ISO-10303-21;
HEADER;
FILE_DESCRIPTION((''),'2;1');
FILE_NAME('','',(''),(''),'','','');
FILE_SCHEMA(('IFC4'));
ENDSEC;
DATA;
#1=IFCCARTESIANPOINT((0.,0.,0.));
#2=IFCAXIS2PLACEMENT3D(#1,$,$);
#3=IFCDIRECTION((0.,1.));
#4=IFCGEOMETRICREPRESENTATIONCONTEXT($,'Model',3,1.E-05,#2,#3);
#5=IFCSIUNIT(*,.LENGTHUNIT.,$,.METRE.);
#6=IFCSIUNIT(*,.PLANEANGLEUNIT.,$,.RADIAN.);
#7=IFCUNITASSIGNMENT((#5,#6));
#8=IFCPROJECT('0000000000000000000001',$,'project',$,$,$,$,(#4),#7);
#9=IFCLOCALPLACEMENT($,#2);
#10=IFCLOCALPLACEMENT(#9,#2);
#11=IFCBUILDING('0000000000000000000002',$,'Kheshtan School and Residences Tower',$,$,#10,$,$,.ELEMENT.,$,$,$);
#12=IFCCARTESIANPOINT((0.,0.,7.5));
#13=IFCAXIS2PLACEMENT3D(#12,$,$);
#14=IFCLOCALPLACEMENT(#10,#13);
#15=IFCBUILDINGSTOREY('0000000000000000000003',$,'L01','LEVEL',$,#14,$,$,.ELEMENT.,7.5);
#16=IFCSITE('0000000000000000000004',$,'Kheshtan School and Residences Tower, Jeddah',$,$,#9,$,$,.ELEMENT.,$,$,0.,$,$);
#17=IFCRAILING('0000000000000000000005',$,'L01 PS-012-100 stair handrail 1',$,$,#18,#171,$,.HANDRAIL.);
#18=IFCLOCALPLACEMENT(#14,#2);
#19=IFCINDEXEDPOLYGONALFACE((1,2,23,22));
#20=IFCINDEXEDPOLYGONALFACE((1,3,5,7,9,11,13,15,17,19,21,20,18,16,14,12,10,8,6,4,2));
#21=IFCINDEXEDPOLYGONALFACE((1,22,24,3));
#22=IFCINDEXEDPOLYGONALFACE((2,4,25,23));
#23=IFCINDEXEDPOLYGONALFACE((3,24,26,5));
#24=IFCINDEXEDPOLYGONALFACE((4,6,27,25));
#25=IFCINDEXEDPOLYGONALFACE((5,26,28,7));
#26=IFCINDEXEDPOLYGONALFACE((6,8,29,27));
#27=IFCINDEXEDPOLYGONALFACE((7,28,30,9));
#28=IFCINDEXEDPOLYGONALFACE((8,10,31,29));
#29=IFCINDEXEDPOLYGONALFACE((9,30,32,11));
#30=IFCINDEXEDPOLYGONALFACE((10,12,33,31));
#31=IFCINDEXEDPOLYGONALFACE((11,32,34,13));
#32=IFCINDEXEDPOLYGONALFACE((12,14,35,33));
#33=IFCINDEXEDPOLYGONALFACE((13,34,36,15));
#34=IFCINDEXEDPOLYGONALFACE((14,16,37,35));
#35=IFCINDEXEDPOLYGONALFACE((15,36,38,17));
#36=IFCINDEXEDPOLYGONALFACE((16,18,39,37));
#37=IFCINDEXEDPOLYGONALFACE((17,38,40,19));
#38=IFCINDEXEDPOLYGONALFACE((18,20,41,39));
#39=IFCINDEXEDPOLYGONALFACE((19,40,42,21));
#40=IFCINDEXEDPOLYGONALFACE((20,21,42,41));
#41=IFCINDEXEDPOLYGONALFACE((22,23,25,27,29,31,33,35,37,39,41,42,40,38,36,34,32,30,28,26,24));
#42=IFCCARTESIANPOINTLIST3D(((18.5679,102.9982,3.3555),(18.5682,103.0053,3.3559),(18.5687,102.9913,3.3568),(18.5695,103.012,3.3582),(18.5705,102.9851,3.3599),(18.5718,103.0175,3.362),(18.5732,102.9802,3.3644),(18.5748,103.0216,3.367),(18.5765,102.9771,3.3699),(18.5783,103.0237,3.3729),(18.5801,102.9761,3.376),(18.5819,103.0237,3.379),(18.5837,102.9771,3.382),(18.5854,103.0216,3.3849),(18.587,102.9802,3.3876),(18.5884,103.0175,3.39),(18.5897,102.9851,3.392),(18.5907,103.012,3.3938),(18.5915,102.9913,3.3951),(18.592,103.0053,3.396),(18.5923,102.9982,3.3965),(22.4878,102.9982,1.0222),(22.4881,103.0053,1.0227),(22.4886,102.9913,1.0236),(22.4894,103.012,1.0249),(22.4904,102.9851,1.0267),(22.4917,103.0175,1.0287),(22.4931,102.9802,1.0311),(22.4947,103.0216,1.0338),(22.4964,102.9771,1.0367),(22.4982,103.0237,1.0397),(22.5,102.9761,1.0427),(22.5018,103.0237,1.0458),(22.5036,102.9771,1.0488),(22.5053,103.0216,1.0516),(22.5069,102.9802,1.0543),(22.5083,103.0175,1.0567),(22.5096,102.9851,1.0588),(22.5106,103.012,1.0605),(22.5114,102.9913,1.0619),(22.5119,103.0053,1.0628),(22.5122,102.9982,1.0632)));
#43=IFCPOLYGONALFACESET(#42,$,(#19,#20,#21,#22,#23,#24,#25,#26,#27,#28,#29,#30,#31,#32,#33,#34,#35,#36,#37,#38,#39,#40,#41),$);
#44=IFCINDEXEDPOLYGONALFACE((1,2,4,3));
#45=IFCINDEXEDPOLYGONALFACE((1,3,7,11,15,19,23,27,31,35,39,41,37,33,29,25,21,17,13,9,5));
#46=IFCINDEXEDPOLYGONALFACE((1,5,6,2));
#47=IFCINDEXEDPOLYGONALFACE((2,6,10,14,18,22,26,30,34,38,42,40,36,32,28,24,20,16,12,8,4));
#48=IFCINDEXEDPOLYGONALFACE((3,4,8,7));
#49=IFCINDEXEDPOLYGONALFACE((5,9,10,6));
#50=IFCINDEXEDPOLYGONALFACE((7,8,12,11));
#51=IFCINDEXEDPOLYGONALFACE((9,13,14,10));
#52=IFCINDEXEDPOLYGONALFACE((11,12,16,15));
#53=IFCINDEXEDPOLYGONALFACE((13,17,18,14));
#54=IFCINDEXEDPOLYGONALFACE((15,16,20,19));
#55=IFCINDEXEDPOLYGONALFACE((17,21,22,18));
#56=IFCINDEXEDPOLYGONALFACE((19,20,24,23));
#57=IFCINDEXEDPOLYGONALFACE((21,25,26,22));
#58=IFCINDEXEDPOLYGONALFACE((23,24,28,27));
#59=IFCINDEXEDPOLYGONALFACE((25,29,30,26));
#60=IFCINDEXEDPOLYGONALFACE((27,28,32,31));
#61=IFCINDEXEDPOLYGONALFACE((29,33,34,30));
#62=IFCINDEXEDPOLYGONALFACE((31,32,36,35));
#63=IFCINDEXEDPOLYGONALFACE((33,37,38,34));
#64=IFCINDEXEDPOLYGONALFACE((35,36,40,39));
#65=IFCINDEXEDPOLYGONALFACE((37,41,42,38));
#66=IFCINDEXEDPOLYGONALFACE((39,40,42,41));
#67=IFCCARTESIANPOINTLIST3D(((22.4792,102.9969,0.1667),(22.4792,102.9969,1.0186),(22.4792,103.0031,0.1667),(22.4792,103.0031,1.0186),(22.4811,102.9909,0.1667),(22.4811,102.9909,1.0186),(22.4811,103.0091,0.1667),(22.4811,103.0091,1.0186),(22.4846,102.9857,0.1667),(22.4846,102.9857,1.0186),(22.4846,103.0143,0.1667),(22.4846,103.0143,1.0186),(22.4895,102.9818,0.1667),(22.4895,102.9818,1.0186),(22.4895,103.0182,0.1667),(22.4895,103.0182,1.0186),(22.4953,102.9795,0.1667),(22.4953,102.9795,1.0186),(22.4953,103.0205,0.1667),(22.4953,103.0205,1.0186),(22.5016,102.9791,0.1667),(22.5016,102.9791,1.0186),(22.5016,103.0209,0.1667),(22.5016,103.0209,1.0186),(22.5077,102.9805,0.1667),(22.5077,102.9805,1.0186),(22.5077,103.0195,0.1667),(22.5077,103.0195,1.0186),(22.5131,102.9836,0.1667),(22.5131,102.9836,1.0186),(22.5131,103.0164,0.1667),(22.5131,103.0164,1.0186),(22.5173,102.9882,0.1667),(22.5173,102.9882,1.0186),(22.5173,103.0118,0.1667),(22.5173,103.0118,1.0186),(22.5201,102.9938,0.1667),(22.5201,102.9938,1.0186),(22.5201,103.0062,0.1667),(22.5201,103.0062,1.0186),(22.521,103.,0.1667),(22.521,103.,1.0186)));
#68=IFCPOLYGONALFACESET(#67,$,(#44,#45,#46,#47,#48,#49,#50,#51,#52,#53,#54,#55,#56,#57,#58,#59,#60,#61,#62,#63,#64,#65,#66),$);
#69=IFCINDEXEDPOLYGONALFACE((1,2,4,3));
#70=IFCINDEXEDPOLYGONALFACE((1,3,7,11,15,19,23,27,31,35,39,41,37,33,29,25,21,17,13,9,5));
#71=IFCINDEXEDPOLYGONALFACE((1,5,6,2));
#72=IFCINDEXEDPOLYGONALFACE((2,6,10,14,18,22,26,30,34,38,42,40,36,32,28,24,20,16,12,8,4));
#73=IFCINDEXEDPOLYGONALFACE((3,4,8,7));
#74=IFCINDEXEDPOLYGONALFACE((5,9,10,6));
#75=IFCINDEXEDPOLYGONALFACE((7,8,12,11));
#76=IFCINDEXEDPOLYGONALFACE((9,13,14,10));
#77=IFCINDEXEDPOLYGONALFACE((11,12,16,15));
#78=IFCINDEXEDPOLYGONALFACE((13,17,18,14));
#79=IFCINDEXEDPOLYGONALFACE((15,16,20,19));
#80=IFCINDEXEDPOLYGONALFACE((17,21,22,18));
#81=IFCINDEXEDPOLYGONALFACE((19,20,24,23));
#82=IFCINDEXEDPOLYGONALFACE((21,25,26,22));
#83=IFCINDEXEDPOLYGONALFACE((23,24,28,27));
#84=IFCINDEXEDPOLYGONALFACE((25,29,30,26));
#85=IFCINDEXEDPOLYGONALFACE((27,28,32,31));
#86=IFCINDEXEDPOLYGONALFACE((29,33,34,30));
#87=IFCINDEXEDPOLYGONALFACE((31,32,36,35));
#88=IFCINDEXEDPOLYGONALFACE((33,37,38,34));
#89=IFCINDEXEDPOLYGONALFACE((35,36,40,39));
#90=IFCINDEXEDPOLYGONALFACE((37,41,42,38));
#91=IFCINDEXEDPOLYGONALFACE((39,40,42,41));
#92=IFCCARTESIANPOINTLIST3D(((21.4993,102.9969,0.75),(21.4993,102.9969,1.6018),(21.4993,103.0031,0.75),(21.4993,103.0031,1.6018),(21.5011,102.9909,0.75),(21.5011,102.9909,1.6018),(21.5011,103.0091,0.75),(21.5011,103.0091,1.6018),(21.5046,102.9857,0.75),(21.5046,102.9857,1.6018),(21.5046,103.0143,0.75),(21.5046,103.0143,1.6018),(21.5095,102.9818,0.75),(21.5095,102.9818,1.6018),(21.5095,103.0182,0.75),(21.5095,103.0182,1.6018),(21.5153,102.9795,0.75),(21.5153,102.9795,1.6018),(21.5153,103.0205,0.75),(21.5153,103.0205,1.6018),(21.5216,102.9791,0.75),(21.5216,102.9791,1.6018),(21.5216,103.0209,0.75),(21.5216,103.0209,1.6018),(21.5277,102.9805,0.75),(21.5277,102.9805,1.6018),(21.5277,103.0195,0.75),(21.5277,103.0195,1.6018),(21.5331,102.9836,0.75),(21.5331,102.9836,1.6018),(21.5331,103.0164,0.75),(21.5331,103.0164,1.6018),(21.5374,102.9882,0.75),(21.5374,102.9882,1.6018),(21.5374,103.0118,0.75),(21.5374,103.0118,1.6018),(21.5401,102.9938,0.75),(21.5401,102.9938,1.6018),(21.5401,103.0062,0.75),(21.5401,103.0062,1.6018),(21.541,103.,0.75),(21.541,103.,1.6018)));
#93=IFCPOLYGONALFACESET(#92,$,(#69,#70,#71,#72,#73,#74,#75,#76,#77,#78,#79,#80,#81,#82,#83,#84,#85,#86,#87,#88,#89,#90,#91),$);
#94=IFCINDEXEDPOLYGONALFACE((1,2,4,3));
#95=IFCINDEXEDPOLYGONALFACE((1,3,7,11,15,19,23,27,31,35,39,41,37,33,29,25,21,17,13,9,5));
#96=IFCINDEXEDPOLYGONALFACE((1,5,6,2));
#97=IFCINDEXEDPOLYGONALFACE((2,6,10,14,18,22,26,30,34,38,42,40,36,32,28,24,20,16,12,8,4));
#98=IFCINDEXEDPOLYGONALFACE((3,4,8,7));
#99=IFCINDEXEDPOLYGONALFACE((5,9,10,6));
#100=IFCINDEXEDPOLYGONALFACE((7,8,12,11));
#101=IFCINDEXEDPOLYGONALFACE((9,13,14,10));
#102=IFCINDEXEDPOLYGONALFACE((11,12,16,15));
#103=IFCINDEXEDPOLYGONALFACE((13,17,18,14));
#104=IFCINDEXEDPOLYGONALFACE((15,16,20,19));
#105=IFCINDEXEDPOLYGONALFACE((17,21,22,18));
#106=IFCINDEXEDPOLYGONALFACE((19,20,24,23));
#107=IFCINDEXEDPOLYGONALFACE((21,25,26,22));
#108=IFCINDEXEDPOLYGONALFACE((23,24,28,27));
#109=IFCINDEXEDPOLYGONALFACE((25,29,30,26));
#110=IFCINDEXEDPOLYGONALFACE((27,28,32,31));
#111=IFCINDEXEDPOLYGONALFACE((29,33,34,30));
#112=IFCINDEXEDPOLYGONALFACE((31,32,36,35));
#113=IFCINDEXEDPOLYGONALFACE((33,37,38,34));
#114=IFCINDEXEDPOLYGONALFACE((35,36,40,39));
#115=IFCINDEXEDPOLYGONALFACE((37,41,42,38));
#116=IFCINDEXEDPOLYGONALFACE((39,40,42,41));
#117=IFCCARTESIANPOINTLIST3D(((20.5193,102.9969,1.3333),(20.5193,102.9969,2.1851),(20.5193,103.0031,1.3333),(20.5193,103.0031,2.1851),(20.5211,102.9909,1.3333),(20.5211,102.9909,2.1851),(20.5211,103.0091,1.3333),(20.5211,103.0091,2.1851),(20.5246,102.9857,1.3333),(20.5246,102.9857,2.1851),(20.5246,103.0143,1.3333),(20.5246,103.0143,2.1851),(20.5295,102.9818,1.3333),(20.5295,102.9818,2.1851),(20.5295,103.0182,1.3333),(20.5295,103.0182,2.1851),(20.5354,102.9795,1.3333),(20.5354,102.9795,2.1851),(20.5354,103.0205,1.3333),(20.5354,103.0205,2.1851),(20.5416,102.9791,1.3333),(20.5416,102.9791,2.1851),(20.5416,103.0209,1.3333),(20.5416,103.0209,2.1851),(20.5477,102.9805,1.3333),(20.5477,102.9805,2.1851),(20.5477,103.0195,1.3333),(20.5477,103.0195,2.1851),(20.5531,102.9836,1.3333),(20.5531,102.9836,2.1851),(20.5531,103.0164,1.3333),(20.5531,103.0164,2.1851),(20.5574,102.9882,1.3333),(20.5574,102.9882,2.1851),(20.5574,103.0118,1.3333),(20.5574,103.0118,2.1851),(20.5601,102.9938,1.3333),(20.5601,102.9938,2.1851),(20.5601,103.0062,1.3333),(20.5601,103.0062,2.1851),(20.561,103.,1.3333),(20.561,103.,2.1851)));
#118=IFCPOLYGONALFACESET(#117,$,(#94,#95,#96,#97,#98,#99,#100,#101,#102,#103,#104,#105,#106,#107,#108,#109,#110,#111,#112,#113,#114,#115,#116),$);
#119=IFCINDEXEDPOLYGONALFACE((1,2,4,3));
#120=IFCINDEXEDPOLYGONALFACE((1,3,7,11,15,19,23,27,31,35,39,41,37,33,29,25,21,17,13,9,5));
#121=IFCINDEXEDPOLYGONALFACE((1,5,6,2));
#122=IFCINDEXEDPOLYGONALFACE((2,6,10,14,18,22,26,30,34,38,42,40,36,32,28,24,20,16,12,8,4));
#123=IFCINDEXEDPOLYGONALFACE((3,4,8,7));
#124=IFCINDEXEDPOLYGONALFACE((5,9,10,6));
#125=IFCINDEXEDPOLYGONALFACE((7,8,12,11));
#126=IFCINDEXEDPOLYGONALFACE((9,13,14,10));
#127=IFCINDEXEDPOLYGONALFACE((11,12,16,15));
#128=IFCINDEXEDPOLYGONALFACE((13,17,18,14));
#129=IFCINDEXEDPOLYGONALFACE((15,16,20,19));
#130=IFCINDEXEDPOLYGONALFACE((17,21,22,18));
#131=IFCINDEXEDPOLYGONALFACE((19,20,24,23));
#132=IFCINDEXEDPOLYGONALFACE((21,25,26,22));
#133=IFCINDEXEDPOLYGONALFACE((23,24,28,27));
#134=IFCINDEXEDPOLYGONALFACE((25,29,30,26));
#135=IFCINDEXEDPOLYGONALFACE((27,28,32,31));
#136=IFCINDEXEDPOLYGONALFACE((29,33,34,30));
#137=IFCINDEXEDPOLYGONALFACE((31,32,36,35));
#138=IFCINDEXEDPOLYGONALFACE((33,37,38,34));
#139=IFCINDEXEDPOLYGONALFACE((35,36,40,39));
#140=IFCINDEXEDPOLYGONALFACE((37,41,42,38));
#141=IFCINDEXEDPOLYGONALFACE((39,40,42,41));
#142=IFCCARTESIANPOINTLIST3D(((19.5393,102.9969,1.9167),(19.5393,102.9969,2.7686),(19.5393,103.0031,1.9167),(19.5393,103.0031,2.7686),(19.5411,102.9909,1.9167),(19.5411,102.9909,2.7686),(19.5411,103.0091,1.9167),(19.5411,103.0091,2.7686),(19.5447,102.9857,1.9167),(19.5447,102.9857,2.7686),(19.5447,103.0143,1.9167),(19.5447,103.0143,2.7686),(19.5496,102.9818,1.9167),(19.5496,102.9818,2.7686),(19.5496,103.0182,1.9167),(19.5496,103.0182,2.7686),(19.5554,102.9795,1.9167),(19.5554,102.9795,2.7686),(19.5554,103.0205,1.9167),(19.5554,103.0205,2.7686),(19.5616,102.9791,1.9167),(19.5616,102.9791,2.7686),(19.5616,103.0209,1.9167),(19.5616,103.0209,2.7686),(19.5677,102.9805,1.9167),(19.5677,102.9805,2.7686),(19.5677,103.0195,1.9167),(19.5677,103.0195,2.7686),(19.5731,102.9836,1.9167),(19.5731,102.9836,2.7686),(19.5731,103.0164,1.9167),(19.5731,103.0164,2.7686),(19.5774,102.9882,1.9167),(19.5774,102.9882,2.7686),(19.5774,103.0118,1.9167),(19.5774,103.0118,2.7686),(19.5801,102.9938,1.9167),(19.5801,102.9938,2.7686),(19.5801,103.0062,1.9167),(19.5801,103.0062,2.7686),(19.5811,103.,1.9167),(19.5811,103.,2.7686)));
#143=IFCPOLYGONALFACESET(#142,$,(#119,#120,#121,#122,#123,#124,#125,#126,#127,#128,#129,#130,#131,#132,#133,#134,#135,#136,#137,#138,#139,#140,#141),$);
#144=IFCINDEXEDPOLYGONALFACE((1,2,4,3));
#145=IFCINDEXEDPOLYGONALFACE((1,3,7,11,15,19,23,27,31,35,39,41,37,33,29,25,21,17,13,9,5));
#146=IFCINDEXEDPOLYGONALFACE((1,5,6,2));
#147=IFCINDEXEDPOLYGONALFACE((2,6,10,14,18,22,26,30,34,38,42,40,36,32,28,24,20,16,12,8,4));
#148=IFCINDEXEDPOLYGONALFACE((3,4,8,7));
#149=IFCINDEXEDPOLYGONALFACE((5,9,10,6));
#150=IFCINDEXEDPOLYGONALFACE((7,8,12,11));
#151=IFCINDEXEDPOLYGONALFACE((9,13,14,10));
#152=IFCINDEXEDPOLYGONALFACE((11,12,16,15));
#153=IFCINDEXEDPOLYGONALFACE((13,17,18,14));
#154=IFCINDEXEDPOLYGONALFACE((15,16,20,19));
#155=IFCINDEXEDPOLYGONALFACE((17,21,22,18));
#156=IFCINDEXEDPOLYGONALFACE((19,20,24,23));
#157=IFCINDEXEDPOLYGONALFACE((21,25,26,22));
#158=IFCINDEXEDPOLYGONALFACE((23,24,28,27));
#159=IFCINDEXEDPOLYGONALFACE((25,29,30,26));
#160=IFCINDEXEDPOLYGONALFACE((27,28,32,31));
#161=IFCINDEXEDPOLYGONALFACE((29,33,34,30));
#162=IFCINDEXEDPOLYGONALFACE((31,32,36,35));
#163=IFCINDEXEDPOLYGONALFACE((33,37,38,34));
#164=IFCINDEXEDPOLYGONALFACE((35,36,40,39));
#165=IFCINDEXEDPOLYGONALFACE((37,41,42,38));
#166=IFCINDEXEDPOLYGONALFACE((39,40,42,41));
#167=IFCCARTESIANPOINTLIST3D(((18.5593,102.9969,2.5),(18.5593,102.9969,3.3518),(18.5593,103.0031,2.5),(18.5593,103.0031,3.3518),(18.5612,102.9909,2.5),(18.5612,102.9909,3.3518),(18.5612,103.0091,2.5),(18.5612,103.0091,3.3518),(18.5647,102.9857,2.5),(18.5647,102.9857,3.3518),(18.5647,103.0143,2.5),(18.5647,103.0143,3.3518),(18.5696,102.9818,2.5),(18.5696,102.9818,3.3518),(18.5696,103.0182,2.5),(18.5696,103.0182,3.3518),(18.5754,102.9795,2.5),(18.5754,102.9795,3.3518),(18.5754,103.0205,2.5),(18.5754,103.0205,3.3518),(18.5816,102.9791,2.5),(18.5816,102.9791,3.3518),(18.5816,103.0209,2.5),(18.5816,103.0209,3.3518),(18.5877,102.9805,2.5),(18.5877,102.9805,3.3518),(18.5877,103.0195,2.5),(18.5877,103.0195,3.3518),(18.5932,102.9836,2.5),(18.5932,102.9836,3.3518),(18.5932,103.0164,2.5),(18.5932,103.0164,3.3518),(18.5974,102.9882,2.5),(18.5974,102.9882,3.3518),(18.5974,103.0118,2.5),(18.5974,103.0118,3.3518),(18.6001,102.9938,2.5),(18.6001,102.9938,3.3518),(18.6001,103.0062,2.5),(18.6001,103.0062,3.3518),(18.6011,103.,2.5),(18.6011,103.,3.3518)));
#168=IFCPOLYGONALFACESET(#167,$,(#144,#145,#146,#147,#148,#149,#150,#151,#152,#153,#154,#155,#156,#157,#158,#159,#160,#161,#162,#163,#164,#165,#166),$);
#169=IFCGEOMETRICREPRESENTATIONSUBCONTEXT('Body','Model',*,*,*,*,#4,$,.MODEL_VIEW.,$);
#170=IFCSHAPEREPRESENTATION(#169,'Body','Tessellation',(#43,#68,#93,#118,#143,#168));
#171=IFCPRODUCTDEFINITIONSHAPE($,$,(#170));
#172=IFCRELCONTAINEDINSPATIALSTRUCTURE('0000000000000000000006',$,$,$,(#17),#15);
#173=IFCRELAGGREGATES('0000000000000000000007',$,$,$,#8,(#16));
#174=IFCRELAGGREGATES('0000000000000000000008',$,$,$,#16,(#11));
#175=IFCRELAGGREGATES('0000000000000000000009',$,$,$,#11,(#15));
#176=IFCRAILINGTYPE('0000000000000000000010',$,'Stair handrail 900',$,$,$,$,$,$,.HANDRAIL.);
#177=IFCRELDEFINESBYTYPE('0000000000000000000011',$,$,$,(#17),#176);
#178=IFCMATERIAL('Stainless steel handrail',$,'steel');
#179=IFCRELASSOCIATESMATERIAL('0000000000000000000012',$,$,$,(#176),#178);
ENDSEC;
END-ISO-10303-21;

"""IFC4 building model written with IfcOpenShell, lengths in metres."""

from ifc_helpers import new_model, si_unit, direction, frame, origin, origin_2d, place, context, subcontext, project, spatial, circle, extrude, material, type_object, element, save


model = new_model("IFC4")

# Units and contexts
model_context = context("Model", 3, precision=1e-05, world=origin(), true_north=direction((0.0, 1.0)))
body_context = subcontext(model_context, "Body", "Model", "MODEL_VIEW")
ifc_project = project(units=[si_unit("LENGTHUNIT", "METRE"), si_unit("PLANEANGLEUNIT", "RADIAN")], contexts=[model_context])

# Site, building, storey
site_placement = place(None, origin())
site = spatial("IfcSite", under=ifc_project, at=site_placement, Name="Kheshtan School and Residences Tower, Jeddah", CompositionType="ELEMENT", RefElevation=0.0)
building_placement = place(site_placement, origin())
building = spatial("IfcBuilding", under=site, at=building_placement, Name="Kheshtan School and Residences Tower", CompositionType="ELEMENT")
storey_placement = place(building_placement, frame((0.0, 0.0, 7.5)))
storey = spatial("IfcBuildingStorey", under=building, at=storey_placement, Name="L01", Description="LEVEL", CompositionType="ELEMENT", Elevation=7.5)

# Railing
ifc_material_1 = material(Name="Stainless steel handrail", Category="steel")
railing_type_1 = type_object("IfcRailingType", Name="Stair handrail 900", PredefinedType="HANDRAIL", material=ifc_material_1)
railing_1_placement = place(storey_placement, frame((22.5, 103.0, 0.1667)))
element("IfcRailing", 1, at=railing_1_placement, inside=storey, type_object=railing_type_1, Name="L01 PS-012-100 stair handrail 1", PredefinedType="HANDRAIL", context=body_context, shape_type="SweptSolid", body=[
    extrude(circle(Radius=0.0239, at=origin_2d()), frame((0.0, 0.0, 0.876), z_axis=(-0.859296, 0.0, 0.511478), x_axis=(0.0, -1.0, 0.0)), (0.0, 0.0, 1.0), 4.5618),
    extrude(circle(Radius=0.021, at=origin_2d()), origin(), (0.0, 0.0, 1.0), 0.8518),
    extrude(circle(Radius=0.021, at=origin_2d()), frame((-0.98, 0.0, 0.5833)), (0.0, 0.0, 1.0), 0.8518),
    extrude(circle(Radius=0.021, at=origin_2d()), frame((-1.96, 0.0, 1.1665)), (0.0, 0.0, 1.0), 0.8518),
    extrude(circle(Radius=0.021, at=origin_2d()), frame((-2.9399, 0.0, 1.75)), (0.0, 0.0, 1.0), 0.8518),
    extrude(circle(Radius=0.021, at=origin_2d()), frame((-3.9199, 0.0, 2.3333)), (0.0, 0.0, 1.0), 0.8518),
])

save(model, "model.ifc")
